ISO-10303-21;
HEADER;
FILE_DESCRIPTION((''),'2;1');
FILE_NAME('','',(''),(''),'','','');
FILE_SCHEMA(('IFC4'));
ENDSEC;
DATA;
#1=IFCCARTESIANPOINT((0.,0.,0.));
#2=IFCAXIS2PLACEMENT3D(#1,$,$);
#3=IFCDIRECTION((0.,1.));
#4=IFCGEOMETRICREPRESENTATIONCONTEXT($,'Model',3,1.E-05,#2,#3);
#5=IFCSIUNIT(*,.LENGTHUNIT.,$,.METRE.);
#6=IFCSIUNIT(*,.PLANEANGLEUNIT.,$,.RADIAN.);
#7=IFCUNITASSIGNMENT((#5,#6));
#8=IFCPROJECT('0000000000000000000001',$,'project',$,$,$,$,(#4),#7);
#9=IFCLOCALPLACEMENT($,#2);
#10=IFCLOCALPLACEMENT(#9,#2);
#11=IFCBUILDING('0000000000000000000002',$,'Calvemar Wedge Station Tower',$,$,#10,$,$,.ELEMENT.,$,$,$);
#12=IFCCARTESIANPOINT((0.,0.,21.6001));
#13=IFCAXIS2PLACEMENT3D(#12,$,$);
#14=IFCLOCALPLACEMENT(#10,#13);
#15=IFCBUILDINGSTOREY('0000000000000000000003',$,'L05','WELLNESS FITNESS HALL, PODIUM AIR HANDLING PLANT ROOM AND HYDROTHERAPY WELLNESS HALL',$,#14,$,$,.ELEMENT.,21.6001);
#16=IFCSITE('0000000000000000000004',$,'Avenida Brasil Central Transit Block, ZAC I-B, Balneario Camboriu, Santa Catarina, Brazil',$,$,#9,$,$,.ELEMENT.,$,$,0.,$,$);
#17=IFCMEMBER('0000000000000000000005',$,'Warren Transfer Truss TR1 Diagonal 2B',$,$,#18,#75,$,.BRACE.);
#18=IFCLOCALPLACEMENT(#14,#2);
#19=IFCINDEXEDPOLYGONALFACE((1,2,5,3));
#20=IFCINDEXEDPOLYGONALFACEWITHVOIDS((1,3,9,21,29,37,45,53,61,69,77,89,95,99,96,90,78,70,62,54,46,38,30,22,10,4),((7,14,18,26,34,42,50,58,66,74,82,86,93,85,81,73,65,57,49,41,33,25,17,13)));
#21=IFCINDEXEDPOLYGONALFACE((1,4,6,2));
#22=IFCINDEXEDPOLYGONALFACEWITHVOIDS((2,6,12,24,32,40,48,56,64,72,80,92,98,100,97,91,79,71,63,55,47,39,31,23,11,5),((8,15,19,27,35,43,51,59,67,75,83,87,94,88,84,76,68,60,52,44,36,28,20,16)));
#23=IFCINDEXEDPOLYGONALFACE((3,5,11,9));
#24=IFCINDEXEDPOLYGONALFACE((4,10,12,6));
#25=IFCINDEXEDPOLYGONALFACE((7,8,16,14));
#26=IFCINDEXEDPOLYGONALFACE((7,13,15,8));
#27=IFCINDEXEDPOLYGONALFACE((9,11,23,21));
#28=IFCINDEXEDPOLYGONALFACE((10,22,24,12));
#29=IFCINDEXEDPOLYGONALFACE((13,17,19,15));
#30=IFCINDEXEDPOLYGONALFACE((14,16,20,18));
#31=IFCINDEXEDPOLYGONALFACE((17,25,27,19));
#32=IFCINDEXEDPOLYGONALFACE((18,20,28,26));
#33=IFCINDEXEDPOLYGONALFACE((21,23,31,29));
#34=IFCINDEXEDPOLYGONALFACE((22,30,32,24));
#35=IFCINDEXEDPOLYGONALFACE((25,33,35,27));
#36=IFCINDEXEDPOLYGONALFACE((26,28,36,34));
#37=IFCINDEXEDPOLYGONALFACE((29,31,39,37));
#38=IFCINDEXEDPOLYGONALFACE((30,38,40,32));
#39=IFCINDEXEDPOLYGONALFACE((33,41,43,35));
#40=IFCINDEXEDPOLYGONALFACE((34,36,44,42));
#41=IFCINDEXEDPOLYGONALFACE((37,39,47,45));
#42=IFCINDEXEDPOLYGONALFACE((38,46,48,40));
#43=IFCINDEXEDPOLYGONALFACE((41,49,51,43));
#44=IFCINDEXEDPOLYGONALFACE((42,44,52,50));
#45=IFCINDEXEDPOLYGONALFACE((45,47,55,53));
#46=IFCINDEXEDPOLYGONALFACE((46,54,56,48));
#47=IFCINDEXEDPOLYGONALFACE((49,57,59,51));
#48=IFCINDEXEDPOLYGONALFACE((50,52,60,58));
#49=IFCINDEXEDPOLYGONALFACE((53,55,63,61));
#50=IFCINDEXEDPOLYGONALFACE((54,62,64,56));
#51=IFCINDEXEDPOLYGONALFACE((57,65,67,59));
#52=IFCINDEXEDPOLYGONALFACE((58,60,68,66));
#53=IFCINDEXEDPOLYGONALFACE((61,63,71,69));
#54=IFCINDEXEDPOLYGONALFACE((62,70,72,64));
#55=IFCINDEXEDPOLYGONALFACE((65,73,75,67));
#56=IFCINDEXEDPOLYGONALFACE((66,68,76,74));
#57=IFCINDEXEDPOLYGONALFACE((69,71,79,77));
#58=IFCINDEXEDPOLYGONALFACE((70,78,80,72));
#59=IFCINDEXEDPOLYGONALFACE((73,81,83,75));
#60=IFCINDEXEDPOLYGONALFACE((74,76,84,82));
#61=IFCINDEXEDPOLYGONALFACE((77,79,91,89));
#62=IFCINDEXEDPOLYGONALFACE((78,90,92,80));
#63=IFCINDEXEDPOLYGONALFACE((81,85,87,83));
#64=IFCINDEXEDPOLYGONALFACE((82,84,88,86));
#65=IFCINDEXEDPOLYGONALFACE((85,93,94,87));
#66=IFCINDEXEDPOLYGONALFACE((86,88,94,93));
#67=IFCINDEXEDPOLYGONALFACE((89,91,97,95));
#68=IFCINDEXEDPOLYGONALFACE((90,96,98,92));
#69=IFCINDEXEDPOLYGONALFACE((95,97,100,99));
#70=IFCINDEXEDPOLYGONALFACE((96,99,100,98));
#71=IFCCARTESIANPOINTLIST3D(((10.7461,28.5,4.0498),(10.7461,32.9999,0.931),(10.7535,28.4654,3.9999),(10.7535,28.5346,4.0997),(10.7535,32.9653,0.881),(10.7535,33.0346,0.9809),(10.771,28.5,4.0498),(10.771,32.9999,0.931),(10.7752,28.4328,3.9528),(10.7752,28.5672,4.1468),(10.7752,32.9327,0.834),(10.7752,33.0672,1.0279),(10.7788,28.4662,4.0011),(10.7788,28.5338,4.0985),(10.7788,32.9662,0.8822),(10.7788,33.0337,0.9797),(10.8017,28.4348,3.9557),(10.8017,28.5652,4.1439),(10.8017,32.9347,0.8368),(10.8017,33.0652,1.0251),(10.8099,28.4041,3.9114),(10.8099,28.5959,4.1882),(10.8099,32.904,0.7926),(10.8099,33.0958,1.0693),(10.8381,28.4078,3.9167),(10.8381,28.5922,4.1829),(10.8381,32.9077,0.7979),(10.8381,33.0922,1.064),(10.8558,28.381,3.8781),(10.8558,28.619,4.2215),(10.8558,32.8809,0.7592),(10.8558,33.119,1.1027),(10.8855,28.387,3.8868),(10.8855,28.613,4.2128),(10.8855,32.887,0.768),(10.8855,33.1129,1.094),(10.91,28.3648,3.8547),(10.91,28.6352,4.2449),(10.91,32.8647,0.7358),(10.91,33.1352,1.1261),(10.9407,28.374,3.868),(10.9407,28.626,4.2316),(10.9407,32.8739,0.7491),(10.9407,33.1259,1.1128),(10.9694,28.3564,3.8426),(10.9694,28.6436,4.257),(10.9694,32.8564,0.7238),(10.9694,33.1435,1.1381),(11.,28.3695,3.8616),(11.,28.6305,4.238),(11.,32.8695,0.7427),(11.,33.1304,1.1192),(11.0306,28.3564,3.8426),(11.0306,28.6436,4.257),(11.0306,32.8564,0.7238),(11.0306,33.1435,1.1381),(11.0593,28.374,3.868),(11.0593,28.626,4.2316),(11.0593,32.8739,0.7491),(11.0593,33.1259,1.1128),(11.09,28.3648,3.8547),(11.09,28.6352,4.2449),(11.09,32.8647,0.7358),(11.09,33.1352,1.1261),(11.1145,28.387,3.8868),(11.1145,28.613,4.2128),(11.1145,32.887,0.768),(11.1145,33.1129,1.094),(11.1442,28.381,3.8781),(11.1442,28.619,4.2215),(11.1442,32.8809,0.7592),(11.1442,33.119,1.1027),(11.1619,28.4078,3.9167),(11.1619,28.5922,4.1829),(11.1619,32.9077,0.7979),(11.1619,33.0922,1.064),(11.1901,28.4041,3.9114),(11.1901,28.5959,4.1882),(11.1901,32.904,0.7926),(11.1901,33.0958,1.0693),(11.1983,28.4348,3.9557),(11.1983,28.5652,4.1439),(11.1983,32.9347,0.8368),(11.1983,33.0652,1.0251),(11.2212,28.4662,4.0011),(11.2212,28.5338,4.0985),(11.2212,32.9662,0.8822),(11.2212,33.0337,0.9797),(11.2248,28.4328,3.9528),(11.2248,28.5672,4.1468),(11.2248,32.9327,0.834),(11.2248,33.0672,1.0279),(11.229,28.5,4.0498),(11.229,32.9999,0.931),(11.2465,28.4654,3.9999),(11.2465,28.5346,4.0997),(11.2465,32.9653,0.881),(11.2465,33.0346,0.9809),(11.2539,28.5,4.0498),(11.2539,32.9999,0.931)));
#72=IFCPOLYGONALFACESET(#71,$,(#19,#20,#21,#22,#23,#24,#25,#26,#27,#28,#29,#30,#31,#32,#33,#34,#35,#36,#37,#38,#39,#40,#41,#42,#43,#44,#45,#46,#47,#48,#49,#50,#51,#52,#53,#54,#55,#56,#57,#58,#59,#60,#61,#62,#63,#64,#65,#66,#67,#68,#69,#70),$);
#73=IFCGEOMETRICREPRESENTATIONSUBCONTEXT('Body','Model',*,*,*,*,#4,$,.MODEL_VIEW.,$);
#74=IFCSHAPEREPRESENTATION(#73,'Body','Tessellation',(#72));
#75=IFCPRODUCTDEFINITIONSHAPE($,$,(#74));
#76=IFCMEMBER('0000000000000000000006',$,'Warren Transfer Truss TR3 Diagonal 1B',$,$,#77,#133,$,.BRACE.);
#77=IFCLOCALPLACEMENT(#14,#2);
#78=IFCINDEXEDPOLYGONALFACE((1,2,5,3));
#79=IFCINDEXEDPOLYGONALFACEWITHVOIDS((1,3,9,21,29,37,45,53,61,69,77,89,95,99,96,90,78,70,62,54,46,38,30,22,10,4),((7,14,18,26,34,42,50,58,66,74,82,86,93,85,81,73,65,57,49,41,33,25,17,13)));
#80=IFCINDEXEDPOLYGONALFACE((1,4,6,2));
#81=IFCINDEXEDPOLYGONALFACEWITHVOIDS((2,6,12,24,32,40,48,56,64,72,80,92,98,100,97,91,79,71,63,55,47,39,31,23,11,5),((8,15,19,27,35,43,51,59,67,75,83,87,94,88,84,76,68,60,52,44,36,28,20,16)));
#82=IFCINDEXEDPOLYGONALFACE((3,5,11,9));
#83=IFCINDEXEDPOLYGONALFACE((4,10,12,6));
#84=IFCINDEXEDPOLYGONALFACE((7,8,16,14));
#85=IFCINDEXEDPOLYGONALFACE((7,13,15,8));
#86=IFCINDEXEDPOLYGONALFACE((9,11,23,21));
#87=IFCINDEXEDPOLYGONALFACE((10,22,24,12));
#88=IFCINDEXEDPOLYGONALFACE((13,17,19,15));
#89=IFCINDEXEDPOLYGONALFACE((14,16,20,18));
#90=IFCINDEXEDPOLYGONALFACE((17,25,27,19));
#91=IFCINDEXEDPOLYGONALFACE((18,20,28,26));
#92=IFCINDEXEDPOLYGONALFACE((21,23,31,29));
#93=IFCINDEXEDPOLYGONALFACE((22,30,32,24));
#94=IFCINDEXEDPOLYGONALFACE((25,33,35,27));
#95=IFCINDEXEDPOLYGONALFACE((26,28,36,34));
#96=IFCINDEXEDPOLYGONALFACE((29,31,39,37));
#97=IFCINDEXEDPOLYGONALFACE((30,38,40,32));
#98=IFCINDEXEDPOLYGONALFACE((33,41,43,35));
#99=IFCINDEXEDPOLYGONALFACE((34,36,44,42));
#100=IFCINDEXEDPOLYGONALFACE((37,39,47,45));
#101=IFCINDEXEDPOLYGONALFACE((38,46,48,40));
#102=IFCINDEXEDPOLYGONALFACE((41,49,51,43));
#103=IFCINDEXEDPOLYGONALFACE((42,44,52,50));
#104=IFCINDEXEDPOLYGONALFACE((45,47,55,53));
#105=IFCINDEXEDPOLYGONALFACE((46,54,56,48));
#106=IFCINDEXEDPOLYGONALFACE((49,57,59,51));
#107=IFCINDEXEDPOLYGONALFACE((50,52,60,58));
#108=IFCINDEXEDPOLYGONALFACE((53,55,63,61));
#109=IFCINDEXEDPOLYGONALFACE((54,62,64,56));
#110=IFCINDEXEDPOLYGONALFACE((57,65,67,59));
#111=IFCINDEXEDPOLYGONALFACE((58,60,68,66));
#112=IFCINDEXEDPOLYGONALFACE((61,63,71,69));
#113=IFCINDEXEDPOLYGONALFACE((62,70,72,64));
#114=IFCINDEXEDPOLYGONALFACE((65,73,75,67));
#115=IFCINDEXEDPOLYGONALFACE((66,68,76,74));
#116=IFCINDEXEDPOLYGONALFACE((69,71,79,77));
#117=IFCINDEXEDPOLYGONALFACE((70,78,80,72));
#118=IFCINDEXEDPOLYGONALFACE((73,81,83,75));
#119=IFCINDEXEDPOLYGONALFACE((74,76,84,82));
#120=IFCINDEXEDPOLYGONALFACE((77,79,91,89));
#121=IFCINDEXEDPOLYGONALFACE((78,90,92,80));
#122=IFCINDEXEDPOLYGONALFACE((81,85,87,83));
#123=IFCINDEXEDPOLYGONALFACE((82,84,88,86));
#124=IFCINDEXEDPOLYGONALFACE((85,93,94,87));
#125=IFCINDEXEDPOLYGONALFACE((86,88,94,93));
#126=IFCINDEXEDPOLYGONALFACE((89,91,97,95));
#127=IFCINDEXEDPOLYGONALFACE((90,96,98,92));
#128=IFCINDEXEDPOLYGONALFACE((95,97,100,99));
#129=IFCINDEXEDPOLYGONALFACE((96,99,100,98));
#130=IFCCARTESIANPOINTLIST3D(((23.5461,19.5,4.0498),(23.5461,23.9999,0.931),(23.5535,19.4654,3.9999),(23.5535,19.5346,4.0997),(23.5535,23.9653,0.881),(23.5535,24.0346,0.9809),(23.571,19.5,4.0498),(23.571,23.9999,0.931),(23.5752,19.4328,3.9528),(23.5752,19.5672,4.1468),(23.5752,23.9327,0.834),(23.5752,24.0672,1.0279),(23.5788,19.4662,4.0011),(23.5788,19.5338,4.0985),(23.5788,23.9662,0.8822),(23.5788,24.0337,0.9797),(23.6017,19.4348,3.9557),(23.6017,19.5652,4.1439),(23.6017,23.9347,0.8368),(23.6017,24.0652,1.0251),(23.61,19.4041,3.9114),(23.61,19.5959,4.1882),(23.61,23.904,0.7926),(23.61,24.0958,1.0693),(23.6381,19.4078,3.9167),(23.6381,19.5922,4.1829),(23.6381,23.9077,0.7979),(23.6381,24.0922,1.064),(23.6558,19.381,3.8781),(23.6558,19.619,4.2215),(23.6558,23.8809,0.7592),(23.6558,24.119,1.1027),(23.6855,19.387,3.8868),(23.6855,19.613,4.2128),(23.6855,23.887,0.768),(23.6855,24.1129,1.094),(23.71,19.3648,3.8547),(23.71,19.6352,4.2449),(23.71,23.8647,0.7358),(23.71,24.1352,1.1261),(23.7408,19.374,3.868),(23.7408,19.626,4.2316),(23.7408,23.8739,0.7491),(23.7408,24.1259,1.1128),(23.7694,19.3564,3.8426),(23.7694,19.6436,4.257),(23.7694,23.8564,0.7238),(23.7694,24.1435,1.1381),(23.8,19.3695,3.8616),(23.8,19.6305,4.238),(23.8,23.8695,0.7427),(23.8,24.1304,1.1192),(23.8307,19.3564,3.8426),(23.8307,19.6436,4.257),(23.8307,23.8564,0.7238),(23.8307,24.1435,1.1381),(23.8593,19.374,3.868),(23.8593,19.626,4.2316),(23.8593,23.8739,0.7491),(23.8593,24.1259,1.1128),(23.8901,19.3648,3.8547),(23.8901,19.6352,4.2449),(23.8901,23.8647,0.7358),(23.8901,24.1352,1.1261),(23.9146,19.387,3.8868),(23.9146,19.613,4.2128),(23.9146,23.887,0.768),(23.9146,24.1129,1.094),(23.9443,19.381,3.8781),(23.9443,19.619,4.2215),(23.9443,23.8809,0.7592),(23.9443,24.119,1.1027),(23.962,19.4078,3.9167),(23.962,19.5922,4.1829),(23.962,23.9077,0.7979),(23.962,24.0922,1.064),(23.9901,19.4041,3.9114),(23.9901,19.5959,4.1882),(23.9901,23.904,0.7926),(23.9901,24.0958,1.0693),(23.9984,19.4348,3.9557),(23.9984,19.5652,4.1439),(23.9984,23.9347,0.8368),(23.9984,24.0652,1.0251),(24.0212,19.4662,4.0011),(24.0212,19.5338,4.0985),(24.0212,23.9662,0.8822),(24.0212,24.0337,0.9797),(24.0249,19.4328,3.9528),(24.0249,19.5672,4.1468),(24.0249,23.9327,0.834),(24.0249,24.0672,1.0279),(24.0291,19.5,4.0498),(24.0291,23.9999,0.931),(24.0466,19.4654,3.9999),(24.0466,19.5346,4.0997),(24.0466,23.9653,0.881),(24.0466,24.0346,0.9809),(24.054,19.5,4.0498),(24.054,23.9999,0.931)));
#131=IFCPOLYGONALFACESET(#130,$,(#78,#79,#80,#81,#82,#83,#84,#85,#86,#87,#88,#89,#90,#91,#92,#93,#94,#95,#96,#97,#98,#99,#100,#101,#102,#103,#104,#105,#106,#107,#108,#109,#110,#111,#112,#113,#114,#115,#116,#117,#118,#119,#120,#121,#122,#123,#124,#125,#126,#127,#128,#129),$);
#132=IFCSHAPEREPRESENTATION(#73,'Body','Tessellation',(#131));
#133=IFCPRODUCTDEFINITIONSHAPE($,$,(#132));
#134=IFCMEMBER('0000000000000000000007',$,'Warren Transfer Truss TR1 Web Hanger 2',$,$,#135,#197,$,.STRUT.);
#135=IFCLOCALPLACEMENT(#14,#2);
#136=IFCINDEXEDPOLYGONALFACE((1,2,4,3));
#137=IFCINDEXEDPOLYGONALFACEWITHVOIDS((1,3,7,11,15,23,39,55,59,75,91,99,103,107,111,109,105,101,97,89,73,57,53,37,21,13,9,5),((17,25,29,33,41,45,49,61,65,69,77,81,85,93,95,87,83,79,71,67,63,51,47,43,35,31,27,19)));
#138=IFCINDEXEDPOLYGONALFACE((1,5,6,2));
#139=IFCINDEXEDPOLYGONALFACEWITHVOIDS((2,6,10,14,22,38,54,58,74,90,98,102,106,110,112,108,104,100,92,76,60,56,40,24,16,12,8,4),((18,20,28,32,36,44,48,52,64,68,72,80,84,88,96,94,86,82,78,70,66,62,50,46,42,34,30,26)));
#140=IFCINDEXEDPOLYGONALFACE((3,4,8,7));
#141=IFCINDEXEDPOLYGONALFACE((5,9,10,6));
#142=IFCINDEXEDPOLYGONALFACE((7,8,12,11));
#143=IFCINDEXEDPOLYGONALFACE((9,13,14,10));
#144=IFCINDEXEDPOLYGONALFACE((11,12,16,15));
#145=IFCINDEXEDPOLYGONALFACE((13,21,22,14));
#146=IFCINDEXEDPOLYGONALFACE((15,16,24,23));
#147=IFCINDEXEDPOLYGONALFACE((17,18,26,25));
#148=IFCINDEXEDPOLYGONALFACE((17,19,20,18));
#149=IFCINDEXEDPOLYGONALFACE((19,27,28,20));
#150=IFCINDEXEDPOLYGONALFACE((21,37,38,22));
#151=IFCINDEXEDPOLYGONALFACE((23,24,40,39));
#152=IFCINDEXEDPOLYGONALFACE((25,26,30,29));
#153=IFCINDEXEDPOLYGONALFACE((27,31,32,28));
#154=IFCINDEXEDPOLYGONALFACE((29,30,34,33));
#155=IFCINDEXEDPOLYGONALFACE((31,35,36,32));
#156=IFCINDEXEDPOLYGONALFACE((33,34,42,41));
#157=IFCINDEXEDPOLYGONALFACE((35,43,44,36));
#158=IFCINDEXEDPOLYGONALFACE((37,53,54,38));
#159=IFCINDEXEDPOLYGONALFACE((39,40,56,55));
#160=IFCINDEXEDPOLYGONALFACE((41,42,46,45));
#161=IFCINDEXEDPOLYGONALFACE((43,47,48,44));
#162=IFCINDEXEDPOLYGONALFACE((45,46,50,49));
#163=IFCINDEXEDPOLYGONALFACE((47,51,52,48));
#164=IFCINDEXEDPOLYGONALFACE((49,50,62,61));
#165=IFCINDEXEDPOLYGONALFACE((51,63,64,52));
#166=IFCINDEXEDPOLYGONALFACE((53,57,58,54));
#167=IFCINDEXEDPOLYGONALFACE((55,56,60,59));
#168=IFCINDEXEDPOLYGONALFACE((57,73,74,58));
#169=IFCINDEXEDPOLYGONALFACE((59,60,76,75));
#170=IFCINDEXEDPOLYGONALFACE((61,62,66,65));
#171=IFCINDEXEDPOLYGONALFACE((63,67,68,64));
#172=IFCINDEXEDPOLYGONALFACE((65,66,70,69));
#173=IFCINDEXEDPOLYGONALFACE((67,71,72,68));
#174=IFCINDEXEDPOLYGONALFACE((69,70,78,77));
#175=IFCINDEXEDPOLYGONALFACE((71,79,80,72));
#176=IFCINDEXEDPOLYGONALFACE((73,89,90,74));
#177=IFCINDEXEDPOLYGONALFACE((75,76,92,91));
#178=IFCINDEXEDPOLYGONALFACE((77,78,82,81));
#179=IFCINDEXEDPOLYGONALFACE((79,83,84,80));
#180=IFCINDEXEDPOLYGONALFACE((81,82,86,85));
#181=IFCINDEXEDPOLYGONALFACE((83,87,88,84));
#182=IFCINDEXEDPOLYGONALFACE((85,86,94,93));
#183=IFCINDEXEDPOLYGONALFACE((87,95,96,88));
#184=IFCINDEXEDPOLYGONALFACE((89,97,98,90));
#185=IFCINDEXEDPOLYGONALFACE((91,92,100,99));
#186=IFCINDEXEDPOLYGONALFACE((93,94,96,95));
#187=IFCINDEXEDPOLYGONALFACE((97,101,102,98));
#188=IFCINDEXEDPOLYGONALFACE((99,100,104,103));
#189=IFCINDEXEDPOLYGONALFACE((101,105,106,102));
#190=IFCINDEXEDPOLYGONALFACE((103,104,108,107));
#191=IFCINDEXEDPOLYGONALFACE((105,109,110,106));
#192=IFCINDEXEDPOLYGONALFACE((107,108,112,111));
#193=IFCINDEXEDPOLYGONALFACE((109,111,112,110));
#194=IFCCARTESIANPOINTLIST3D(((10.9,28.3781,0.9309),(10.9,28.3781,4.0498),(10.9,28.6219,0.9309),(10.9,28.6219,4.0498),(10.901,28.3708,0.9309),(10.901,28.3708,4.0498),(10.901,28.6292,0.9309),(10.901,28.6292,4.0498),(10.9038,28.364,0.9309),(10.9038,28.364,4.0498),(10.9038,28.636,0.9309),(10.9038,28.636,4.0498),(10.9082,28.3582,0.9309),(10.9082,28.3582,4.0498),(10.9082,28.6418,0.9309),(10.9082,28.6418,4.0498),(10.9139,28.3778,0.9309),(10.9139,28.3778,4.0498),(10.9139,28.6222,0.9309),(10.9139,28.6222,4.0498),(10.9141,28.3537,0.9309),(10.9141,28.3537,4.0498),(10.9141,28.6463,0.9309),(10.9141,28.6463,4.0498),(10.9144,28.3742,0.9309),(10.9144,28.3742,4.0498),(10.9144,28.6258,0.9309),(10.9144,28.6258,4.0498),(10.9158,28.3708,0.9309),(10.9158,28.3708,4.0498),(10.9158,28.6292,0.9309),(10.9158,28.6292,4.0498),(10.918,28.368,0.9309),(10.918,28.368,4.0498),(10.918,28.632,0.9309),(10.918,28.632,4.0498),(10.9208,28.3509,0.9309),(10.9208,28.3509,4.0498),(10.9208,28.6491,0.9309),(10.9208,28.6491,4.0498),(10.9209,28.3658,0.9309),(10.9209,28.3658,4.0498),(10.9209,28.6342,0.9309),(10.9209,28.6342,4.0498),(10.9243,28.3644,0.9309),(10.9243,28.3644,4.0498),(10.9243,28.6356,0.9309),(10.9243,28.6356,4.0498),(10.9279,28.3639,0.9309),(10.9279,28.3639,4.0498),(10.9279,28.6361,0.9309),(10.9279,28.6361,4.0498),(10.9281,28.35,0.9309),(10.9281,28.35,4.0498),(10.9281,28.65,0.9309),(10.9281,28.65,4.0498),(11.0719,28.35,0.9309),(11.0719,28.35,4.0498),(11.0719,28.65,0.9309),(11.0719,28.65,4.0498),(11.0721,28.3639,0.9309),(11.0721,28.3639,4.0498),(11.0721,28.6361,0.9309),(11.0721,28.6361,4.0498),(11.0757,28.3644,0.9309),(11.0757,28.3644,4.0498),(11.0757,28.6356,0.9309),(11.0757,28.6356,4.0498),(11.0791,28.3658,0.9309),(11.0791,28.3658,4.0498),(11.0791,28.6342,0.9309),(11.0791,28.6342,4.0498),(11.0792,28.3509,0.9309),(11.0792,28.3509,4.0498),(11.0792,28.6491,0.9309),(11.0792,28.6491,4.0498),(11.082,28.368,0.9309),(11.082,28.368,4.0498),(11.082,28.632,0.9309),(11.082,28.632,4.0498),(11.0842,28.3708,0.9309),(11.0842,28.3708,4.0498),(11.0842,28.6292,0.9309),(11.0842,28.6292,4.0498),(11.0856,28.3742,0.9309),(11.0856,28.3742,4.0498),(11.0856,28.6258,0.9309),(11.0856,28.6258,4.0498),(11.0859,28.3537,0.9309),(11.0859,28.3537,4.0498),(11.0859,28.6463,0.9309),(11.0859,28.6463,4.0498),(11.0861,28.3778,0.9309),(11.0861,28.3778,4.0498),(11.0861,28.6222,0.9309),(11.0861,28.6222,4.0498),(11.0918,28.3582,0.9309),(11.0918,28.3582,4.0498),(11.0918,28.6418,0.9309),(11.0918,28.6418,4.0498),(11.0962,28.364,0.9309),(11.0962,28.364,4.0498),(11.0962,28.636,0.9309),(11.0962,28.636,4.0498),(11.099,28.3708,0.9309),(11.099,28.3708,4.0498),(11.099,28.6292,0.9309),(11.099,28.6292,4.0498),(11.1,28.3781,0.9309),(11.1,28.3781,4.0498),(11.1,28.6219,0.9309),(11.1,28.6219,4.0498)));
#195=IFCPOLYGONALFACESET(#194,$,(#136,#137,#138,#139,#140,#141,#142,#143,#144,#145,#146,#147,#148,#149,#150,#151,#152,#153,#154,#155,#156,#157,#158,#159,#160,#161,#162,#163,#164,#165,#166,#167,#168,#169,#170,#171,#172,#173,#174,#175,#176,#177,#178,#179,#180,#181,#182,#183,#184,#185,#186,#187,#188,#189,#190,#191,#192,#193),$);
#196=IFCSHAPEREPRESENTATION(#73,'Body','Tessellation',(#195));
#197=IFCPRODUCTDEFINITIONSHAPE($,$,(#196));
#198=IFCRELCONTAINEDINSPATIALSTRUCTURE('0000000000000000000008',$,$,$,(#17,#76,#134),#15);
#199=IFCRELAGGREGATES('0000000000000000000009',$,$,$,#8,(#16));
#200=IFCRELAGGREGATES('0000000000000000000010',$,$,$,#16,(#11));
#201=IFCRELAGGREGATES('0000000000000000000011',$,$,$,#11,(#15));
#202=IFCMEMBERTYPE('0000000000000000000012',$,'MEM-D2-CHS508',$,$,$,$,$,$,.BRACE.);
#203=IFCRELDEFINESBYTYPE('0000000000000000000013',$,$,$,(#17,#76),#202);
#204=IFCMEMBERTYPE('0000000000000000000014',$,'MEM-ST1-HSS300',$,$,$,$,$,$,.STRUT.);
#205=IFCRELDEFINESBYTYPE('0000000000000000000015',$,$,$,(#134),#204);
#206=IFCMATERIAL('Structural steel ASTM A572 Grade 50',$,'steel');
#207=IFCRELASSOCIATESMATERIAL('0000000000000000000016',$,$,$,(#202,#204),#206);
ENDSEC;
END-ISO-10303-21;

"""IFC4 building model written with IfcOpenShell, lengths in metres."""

from ifc_helpers import new_model, si_unit, direction, frame, origin, origin_2d, place, context, subcontext, project, spatial, hollow_rectangle, hollow_circle, extrude, source, transform, mapped, material, material_profile, profile_set, type_object, element, save


model = new_model("IFC4")

# Units and contexts
model_context = context("Model", 3, precision=1e-05, world=origin(), true_north=direction((0.0, 1.0)))
body_context = subcontext(model_context, "Body", "Model", "MODEL_VIEW")
ifc_project = project(units=[si_unit("LENGTHUNIT", "METRE"), si_unit("PLANEANGLEUNIT", "RADIAN")], contexts=[model_context])

# Site, building, storey
site_placement = place(None, origin())
site = spatial("IfcSite", under=ifc_project, at=site_placement, Name="Avenida Brasil Central Transit Block, ZAC I-B, Balneario Camboriu, Santa Catarina, Brazil", CompositionType="ELEMENT", RefElevation=0.0)
building_placement = place(site_placement, origin())
building = spatial("IfcBuilding", under=site, at=building_placement, Name="Calvemar Wedge Station Tower", CompositionType="ELEMENT")
storey_placement = place(building_placement, frame((0.0, 0.0, 21.6001)))
storey = spatial("IfcBuildingStorey", under=building, at=storey_placement, Name="L05", Description="WELLNESS FITNESS HALL, PODIUM AIR HANDLING PLANT ROOM AND HYDROTHERAPY WELLNESS HALL", CompositionType="ELEMENT", Elevation=21.6001)

# Shared definitions
ifc_material_1 = material(Name="Structural steel ASTM A572 Grade 50", Category="steel")

# Members
ifc_material_profile_1 = material_profile(ifc_material_1, hollow_circle(Radius=0.2539, WallThickness=0.0249, at=origin_2d()), Name="CHS508x25")
ifc_profile_set_1 = profile_set([ifc_material_profile_1], Name="Structural steel ASTM A572 Grade 50")
member_type_1 = type_object("IfcMemberType", Name="MEM-D2-CHS508", PredefinedType="BRACE", material=ifc_profile_set_1)
shared_shape_1 = source(origin(), body_context, "Body", "SweptSolid", [
    extrude(hollow_circle(Radius=0.2539, WallThickness=0.0249, at=origin_2d()), origin(), (0.0, 0.0, 1.0), 5.4751),
])
for number, where, z_axis, x_axis, name in (
    (1, (11.0, 28.5, 4.0498), (0.0, 0.821892, -0.569643), (-1.0, 0.0, 0.0), "Warren Transfer Truss TR1 Diagonal 2B"),
    (2, (23.8, 19.5, 4.0498), (0.0, 0.821892, -0.569643), (-1.0, 0.0, 0.0), "Warren Transfer Truss TR3 Diagonal 1B"),
):
    element("IfcMember", number, at=place(storey_placement, frame(where, z_axis=z_axis, x_axis=x_axis)), inside=storey, type_object=member_type_1, Name=name, PredefinedType="BRACE", context=body_context, shape_type="MappedRepresentation", body=[
        mapped(shared_shape_1, transform((0.0, 0.0, 0.0), scale=1.0)),
    ])
ifc_material_profile_2 = material_profile(ifc_material_1, hollow_rectangle(XDim=0.2, YDim=0.3, WallThickness=0.0139, InnerFilletRadius=0.0139, OuterFilletRadius=0.0281, at=origin_2d()), Name="HSS300x200x14")
ifc_profile_set_2 = profile_set([ifc_material_profile_2], Name="Structural steel ASTM A572 Grade 50")
member_type_2 = type_object("IfcMemberType", Name="MEM-ST1-HSS300", PredefinedType="STRUT", material=ifc_profile_set_2)
shared_shape_2 = source(origin(), body_context, "Body", "SweptSolid", [
    extrude(hollow_rectangle(XDim=0.2, YDim=0.3, WallThickness=0.0139, InnerFilletRadius=0.0139, OuterFilletRadius=0.0281, at=origin_2d()), origin(), (0.0, 0.0, 1.0), 3.1189),
])
for number, where, z_axis, x_axis, name in (
    (3, (11.0, 28.5, 0.9309), (0.0, 0.0, 1.0), (1.0, 0.0, 0.0), "Warren Transfer Truss TR1 Web Hanger 2"),
):
    element("IfcMember", number, at=place(storey_placement, frame(where, z_axis=z_axis, x_axis=x_axis)), inside=storey, type_object=member_type_2, Name=name, PredefinedType="STRUT", context=body_context, shape_type="MappedRepresentation", body=[
        mapped(shared_shape_2, transform((0.0, 0.0, 0.0), scale=1.0)),
    ])

save(model, "model.ifc")
